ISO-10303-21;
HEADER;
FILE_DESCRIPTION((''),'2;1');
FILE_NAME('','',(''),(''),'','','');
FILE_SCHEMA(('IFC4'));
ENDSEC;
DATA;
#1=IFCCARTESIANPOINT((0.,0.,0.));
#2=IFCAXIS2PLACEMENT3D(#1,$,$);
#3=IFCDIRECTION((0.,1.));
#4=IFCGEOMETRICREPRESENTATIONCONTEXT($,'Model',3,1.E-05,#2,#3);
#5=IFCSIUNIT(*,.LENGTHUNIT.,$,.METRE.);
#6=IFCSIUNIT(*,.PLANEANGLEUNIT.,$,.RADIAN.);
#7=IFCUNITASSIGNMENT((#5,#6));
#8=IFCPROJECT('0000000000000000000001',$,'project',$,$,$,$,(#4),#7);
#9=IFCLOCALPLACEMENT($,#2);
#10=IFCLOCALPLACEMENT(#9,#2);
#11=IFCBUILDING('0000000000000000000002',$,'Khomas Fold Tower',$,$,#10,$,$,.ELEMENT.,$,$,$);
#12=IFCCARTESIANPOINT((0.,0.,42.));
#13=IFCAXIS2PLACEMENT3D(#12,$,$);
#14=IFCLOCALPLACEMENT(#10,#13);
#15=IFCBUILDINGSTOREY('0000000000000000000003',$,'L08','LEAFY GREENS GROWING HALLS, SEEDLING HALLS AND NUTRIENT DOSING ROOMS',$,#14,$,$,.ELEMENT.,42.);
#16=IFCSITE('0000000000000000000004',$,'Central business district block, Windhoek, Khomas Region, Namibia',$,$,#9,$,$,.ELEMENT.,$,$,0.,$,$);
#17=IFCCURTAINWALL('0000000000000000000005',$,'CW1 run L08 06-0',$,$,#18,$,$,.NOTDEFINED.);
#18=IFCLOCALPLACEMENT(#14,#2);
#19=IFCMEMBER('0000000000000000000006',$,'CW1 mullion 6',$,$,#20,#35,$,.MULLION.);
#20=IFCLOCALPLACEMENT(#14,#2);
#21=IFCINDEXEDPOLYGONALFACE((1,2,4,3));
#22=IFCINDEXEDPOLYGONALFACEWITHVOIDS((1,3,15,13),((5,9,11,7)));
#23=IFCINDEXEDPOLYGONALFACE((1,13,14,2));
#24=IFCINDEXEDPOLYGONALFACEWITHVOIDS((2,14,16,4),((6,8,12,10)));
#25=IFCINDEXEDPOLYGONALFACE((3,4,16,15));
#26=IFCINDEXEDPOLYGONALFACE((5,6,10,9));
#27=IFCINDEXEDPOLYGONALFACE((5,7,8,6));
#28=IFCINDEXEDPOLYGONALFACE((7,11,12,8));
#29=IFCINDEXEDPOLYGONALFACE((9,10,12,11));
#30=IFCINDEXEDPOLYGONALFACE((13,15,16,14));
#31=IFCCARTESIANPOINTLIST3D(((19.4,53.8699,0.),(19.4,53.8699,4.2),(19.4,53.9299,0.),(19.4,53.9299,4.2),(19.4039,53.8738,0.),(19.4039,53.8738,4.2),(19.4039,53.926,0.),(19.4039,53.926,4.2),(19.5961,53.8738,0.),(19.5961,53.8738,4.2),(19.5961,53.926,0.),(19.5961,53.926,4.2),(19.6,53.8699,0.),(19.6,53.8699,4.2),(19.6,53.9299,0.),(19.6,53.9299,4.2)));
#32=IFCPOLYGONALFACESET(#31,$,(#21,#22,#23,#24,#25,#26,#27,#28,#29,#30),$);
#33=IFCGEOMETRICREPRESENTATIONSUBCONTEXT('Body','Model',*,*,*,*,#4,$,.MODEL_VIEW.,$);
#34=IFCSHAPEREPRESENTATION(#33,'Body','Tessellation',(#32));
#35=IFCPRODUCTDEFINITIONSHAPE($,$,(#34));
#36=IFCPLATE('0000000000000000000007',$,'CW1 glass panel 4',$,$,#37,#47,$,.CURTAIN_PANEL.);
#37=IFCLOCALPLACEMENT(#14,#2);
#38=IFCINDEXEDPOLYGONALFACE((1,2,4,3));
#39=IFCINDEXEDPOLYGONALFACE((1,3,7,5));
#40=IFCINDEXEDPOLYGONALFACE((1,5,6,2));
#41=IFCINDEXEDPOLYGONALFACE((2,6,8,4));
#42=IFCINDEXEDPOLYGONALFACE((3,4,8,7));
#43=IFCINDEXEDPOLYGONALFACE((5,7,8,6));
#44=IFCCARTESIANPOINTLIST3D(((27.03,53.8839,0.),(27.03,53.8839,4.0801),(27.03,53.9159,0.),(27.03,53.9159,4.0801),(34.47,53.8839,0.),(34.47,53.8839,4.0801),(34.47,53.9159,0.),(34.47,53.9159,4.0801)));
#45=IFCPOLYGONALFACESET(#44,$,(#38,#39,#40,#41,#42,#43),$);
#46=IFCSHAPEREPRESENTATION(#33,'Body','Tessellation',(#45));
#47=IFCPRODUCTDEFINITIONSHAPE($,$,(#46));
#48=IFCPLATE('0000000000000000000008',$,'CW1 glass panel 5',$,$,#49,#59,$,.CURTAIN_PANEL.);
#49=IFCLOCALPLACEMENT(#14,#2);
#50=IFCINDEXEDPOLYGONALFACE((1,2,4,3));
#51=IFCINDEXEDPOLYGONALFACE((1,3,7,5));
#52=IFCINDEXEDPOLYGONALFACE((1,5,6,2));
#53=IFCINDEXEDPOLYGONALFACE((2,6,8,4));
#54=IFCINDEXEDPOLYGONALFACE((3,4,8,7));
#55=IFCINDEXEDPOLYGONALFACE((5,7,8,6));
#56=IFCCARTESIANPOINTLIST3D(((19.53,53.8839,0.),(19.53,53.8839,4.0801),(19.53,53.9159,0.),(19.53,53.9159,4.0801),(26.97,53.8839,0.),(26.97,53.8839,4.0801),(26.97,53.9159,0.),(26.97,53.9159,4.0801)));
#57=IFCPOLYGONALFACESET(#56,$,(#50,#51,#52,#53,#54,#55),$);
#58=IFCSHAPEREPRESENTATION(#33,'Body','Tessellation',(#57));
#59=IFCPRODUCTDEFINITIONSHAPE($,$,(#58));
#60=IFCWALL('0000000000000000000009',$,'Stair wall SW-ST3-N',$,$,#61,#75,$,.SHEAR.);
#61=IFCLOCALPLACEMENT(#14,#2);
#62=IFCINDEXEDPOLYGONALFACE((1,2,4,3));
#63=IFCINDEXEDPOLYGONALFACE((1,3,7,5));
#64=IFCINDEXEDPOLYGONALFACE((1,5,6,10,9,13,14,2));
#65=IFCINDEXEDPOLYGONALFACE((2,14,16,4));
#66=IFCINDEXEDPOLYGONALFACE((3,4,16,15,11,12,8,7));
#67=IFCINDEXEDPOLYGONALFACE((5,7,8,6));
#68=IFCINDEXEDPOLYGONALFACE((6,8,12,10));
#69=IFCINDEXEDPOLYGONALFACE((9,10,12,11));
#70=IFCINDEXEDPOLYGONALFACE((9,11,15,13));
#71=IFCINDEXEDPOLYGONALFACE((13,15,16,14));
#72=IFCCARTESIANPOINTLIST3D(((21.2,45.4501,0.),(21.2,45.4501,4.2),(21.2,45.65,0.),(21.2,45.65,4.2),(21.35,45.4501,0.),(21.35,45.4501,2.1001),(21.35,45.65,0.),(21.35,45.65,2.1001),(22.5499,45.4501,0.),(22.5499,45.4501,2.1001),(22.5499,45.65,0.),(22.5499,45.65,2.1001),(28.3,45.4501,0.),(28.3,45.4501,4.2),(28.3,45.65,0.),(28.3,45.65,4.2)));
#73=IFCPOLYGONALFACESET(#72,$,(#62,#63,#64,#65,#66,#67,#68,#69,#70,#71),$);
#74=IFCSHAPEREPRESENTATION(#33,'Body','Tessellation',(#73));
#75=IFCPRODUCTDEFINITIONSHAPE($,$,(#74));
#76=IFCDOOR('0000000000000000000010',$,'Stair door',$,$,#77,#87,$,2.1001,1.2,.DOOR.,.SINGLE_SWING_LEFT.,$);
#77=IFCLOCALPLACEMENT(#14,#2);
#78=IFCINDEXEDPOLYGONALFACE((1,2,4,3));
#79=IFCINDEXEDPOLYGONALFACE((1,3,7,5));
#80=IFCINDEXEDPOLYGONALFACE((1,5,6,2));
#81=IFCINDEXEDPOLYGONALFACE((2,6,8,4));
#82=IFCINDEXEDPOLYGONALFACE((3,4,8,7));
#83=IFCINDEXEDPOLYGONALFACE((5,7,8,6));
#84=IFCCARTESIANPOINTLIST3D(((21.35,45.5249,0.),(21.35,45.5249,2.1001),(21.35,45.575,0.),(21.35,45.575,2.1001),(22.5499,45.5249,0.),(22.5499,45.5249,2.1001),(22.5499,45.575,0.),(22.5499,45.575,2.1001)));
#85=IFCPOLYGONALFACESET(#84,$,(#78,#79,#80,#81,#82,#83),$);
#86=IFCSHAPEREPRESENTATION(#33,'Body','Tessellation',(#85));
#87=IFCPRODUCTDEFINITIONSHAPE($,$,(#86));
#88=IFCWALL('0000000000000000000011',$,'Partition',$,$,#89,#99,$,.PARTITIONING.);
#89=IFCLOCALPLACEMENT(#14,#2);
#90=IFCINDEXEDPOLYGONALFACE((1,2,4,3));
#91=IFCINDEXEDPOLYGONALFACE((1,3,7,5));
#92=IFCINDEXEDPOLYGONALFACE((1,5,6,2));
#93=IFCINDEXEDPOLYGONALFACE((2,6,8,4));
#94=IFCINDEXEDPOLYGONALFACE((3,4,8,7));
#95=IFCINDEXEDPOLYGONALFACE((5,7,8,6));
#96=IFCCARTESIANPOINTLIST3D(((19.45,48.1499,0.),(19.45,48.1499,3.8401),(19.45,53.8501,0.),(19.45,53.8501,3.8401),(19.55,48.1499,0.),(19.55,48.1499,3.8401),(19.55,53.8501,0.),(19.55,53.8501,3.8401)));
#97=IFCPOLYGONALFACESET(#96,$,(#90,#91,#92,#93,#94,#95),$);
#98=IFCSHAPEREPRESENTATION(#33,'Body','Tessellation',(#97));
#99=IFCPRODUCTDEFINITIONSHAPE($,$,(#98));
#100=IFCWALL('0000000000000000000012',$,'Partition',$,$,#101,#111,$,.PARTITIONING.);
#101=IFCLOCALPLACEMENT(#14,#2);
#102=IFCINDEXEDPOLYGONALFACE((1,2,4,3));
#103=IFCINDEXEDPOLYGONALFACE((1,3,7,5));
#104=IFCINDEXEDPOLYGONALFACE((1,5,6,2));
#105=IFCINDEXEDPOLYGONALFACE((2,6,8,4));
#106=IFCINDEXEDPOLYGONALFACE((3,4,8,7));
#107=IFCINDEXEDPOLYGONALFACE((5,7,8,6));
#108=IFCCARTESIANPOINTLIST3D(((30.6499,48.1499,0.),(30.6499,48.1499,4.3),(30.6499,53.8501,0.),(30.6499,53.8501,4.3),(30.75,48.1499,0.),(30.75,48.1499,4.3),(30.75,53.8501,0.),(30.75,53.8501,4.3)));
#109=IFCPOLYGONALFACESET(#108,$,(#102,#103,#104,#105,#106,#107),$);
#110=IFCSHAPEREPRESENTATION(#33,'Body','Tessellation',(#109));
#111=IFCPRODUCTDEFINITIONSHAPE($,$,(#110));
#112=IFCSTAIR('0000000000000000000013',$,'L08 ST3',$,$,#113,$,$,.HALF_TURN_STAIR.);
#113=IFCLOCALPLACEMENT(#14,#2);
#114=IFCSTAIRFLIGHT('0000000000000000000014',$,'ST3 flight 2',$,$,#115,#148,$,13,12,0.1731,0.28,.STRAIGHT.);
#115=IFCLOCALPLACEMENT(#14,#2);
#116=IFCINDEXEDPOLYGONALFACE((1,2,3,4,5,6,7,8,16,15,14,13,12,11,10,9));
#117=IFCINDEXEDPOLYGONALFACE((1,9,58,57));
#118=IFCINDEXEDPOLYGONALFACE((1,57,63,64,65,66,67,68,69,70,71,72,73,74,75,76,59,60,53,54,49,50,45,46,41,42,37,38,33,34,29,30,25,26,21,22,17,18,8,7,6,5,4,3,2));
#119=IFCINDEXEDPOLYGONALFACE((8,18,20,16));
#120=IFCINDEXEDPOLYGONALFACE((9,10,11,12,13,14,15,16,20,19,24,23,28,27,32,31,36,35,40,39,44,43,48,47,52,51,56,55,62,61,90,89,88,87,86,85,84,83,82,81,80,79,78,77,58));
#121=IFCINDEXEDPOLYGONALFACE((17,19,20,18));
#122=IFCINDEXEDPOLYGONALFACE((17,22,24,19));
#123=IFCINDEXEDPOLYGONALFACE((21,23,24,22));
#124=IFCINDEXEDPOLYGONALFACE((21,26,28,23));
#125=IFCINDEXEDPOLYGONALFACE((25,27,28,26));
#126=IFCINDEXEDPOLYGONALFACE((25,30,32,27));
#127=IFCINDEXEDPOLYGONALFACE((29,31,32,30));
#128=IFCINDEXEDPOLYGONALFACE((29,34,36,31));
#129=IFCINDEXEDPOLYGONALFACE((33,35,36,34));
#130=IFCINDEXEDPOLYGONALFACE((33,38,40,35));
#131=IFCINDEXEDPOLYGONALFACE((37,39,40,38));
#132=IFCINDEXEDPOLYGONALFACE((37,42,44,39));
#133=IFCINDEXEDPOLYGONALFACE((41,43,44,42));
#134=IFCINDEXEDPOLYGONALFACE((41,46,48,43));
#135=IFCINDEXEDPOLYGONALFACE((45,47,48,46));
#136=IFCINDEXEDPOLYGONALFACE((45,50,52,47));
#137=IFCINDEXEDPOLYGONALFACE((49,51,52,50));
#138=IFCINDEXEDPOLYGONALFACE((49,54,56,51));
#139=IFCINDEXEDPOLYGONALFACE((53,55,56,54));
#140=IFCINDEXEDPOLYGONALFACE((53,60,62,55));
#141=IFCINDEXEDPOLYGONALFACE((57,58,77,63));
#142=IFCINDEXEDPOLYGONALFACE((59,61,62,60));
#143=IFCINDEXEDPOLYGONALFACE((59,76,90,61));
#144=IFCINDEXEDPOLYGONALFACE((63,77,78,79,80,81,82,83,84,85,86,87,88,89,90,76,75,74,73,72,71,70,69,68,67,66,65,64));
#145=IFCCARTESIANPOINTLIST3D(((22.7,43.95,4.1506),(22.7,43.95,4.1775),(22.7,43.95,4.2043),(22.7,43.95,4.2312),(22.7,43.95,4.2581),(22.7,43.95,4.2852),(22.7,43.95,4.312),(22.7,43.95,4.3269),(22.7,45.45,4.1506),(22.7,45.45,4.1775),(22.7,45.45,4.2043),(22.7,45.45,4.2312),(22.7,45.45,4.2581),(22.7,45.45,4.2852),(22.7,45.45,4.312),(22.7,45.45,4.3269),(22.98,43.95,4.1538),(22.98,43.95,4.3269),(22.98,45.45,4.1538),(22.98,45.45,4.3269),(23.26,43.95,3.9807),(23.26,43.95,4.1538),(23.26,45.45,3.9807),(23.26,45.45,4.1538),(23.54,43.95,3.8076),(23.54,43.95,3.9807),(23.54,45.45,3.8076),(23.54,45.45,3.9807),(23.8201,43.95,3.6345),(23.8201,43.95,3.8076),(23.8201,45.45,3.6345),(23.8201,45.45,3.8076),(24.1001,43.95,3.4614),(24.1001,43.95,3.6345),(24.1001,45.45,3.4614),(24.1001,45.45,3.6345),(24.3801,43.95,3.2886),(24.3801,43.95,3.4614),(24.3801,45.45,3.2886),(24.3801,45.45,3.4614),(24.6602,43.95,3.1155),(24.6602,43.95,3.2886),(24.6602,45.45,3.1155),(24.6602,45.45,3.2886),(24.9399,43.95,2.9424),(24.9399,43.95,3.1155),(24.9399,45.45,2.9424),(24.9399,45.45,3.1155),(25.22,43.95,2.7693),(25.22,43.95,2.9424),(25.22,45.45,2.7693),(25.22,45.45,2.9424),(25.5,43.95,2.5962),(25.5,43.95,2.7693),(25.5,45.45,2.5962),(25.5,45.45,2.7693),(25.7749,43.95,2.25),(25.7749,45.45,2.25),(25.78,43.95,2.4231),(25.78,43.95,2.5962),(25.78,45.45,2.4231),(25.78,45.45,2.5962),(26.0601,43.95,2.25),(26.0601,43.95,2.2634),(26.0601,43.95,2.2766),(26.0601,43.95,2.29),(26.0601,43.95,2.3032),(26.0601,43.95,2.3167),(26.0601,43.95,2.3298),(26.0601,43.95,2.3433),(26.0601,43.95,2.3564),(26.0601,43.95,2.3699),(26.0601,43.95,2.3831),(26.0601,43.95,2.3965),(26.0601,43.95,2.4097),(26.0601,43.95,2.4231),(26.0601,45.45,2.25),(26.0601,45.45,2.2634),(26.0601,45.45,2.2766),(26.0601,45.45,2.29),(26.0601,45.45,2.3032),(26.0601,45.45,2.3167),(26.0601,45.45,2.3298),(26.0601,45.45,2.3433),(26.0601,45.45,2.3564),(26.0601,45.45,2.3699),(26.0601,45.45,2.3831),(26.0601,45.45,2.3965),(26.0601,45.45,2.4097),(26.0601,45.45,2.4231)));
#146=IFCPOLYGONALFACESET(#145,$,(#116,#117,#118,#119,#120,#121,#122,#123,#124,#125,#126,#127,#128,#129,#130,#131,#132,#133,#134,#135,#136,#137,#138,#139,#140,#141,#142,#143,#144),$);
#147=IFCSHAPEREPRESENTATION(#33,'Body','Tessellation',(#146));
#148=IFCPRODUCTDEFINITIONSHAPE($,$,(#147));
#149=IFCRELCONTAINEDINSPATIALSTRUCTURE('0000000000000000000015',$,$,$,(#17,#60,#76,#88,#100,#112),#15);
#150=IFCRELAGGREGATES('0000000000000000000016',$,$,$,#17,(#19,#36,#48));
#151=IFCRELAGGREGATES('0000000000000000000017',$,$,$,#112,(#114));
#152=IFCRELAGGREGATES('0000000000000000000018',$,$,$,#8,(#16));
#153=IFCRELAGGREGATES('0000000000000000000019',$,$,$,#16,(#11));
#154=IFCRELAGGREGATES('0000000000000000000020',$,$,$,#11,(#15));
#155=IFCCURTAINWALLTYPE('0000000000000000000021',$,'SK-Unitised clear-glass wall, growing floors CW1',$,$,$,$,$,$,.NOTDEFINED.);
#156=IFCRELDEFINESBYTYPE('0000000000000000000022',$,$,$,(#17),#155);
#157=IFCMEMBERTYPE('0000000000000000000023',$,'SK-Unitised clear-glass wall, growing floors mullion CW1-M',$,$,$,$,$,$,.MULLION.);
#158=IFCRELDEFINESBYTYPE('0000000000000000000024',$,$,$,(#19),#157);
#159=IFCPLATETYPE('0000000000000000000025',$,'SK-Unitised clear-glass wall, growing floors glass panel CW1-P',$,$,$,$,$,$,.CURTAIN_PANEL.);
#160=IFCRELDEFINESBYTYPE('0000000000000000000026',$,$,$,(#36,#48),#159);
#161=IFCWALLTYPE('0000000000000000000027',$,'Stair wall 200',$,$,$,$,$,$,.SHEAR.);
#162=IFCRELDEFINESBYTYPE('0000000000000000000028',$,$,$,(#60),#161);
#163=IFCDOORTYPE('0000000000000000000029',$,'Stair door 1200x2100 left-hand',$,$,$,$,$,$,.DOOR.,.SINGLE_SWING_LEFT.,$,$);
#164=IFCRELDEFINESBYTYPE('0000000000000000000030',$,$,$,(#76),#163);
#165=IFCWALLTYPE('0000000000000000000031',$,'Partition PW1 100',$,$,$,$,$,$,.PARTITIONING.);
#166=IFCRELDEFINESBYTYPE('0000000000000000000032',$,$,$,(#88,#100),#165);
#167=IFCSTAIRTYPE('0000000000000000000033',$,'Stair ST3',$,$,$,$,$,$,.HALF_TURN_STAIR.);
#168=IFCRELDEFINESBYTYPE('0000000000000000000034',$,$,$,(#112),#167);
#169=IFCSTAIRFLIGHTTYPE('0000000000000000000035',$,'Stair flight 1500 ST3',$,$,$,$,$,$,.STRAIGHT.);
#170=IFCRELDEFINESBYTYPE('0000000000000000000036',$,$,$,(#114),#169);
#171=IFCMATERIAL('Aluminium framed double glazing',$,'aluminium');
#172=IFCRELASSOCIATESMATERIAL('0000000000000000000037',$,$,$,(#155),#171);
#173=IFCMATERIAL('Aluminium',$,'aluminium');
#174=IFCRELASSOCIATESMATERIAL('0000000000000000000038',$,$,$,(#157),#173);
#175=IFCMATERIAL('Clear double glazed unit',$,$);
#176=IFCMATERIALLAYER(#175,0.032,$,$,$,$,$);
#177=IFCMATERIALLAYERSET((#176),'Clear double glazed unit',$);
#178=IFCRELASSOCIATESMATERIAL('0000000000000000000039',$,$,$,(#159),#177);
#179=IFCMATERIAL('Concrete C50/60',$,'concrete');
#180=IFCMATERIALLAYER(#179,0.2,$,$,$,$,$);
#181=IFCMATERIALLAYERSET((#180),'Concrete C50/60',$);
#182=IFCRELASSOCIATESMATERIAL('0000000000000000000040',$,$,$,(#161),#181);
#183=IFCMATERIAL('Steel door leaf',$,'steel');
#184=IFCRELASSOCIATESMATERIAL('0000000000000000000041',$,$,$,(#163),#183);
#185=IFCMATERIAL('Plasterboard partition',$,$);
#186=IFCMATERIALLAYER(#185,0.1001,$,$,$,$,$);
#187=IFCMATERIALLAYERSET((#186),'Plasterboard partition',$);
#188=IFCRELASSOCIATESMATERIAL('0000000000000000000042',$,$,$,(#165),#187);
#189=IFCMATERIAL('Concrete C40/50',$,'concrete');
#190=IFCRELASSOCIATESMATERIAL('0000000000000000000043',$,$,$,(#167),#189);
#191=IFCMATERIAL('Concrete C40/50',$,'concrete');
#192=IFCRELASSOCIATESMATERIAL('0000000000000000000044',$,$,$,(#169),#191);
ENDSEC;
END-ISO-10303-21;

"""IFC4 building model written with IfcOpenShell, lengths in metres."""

from ifc_helpers import new_model, si_unit, direction, frame, frame_2d, origin, origin_2d, place, context, subcontext, project, spatial, polyline, rectangle, hollow_rectangle, outline, extrude, source, transform, mapped, material, layer, layer_set, material_profile, profile_set, type_object, element, fill, aggregate, save


model = new_model("IFC4")

# Units and contexts
model_context = context("Model", 3, precision=1e-05, world=origin(), true_north=direction((0.0, 1.0)))
body_context = subcontext(model_context, "Body", "Model", "MODEL_VIEW")
ifc_project = project(units=[si_unit("LENGTHUNIT", "METRE"), si_unit("PLANEANGLEUNIT", "RADIAN")], contexts=[model_context])

# Site, building, storey
site_placement = place(None, origin())
site = spatial("IfcSite", under=ifc_project, at=site_placement, Name="Central business district block, Windhoek, Khomas Region, Namibia", CompositionType="ELEMENT", RefElevation=0.0)
building_placement = place(site_placement, origin())
building = spatial("IfcBuilding", under=site, at=building_placement, Name="Khomas Fold Tower", CompositionType="ELEMENT")
storey_placement = place(building_placement, frame((0.0, 0.0, 42.0)))
storey = spatial("IfcBuildingStorey", under=building, at=storey_placement, Name="L08", Description="LEAFY GREENS GROWING HALLS, SEEDLING HALLS AND NUTRIENT DOSING ROOMS", CompositionType="ELEMENT", Elevation=42.0)

# Curtain wall, member, plates
ifc_material_1 = material(Name="Aluminium framed double glazing", Category="aluminium")
curtain_wall_type = type_object("IfcCurtainWallType", Name="SK-Unitised clear-glass wall, growing floors CW1", PredefinedType="NOTDEFINED", material=ifc_material_1)
curtain_wall_placement = place(storey_placement, origin())
curtain_wall = element("IfcCurtainWall", 1, at=curtain_wall_placement, inside=storey, type_object=curtain_wall_type, Name="CW1 run L08 06-0", PredefinedType="NOTDEFINED")
ifc_material_2 = material(Name="Aluminium", Category="aluminium")
ifc_material_profile_1 = material_profile(ifc_material_2, hollow_rectangle(XDim=0.0601, YDim=0.2, WallThickness=0.0039, at=origin_2d()), Name="SK-Unitised clear-glass wall, growing floors mullion CW1-M")
ifc_profile_set_1 = profile_set([ifc_material_profile_1], Name="Aluminium")
member_type_1 = type_object("IfcMemberType", Name="SK-Unitised clear-glass wall, growing floors mullion CW1-M", PredefinedType="MULLION", material=ifc_profile_set_1)
shared_shape_1 = source(origin(), body_context, "Body", "SweptSolid", [
    extrude(hollow_rectangle(XDim=0.0601, YDim=0.2, WallThickness=0.0039, at=origin_2d()), origin(), (0.0, 0.0, 1.0), 4.2),
])
member_1_placement = place(storey_placement, frame((19.5, 53.8999, 0.0), z_axis=(0.0, 0.0, 1.0), x_axis=(0.0, -1.0, 0.0)))
member_1 = element("IfcMember", 2, at=member_1_placement, type_object=member_type_1, Name="CW1 mullion 6", PredefinedType="MULLION", context=body_context, shape_type="MappedRepresentation", body=[
    mapped(shared_shape_1, transform((0.0, 0.0, 0.0))),
])
ifc_material_3 = material(Name="Clear double glazed unit")
ifc_layer_1 = layer(ifc_material_3, 0.032)
ifc_layer_set_1 = layer_set([ifc_layer_1], Name="Clear double glazed unit")
plate_type = type_object("IfcPlateType", Name="SK-Unitised clear-glass wall, growing floors glass panel CW1-P", PredefinedType="CURTAIN_PANEL", material=ifc_layer_set_1)
shared_shape_2 = source(origin(), body_context, "Body", "SweptSolid", [
    extrude(rectangle(XDim=7.4399, YDim=0.032, at=origin_2d()), origin(), (0.0, 0.0, 1.0), 4.0801),
])
plate_1_placement = place(storey_placement, frame((30.75, 53.8999, 0.0), z_axis=(0.0, 0.0, 1.0), x_axis=(-1.0, 0.0, 0.0)))
plate_1 = element("IfcPlate", 3, at=plate_1_placement, type_object=plate_type, Name="CW1 glass panel 4", PredefinedType="CURTAIN_PANEL", context=body_context, shape_type="MappedRepresentation", body=[
    mapped(shared_shape_2, transform((0.0, 0.0, 0.0))),
])
plate_2_placement = place(storey_placement, frame((23.25, 53.8999, 0.0), z_axis=(0.0, 0.0, 1.0), x_axis=(-1.0, 0.0, 0.0)))
plate_2 = element("IfcPlate", 4, at=plate_2_placement, type_object=plate_type, Name="CW1 glass panel 5", PredefinedType="CURTAIN_PANEL", context=body_context, shape_type="MappedRepresentation", body=[
    mapped(shared_shape_2, transform((0.0, 0.0, 0.0))),
])
aggregate(curtain_wall, [member_1, plate_1, plate_2])

# Wall, opening, door
ifc_material_4 = material(Name="Concrete C50/60", Category="concrete")
ifc_layer_2 = layer(ifc_material_4, 0.2)
ifc_layer_set_2 = layer_set([ifc_layer_2], Name="Concrete C50/60")
wall_type_1 = type_object("IfcWallType", Name="Stair wall 200", PredefinedType="SHEAR", material=ifc_layer_set_2)
shared_shape_3 = source(origin(), body_context, "Body", "SweptSolid", [
    extrude(rectangle(XDim=7.1001, YDim=0.2, at=frame_2d((3.55, 0.0))), origin(), (0.0, 0.0, 1.0), 4.2),
])
wall_1_placement = place(storey_placement, frame((21.2, 45.55, 0.0), z_axis=(0.0, 0.0, 1.0), x_axis=(1.0, 0.0, 0.0)))
wall_1 = element("IfcWall", 5, at=wall_1_placement, inside=storey, type_object=wall_type_1, Name="Stair wall SW-ST3-N", PredefinedType="SHEAR", context=body_context, shape_type="MappedRepresentation", body=[
    mapped(shared_shape_3, transform((0.0, 0.0, 0.0))),
])
shared_shape_4 = source(origin(), body_context, "Body", "SweptSolid", [
    extrude(rectangle(XDim=1.2, YDim=2.1001, at=frame_2d((0.6001, 1.05))), frame((0.0, 0.1099, 0.0), z_axis=(0.0, -1.0, 0.0), x_axis=(1.0, 0.0, 0.0)), (0.0, 0.0, 1.0), 0.22),
])
opening_placement = place(wall_1_placement, frame((0.1499, 0.0, 0.0)))
opening = element("IfcOpeningElement", 6, at=opening_placement, cuts=wall_1, PredefinedType="OPENING", context=body_context, shape_type="MappedRepresentation", body=[
    mapped(shared_shape_4, transform((0.0, 0.0, 0.0))),
])
ifc_material_5 = material(Name="Steel door leaf", Category="steel")
door_type = type_object("IfcDoorType", Name="Stair door 1200x2100 left-hand", OperationType="SINGLE_SWING_LEFT", PredefinedType="DOOR", material=ifc_material_5)
shared_shape_5 = source(origin(), body_context, "Body", "SweptSolid", [
    extrude(rectangle(XDim=1.2, YDim=2.1001, at=frame_2d((0.6001, 1.05))), frame((0.0, 0.0249, 0.0), z_axis=(0.0, -1.0, 0.0), x_axis=(1.0, 0.0, 0.0)), (0.0, 0.0, 1.0), 0.05),
])
door_placement = place(opening_placement, origin())
door = element("IfcDoor", 7, at=door_placement, inside=storey, type_object=door_type, Name="Stair door", OperationType="SINGLE_SWING_LEFT", OverallHeight=2.1001, OverallWidth=1.2, PredefinedType="DOOR", context=body_context, shape_type="MappedRepresentation", body=[
    mapped(shared_shape_5, transform((0.0, 0.0, 0.0))),
])
fill(opening, door)

# Walls
ifc_material_6 = material(Name="Plasterboard partition")
ifc_layer_3 = layer(ifc_material_6, 0.1001)
ifc_layer_set_3 = layer_set([ifc_layer_3], Name="Plasterboard partition")
wall_type_2 = type_object("IfcWallType", Name="Partition PW1 100", PredefinedType="PARTITIONING", material=ifc_layer_set_3)
shared_shape_6 = source(origin(), body_context, "Body", "SweptSolid", [
    extrude(rectangle(XDim=5.7002, YDim=0.1001, at=frame_2d((2.8501, 0.0))), origin(), (0.0, 0.0, 1.0), 3.8401),
])
wall_2_placement = place(storey_placement, frame((19.5, 48.1499, 0.0), z_axis=(0.0, 0.0, 1.0), x_axis=(0.0, 1.0, 0.0)))
element("IfcWall", 8, at=wall_2_placement, inside=storey, type_object=wall_type_2, Name="Partition", PredefinedType="PARTITIONING", context=body_context, shape_type="MappedRepresentation", body=[
    mapped(shared_shape_6, transform((0.0, 0.0, 0.0))),
])
shared_shape_7 = source(origin(), body_context, "Body", "SweptSolid", [
    extrude(rectangle(XDim=5.7002, YDim=0.1001, at=frame_2d((2.8501, 0.0))), origin(), (0.0, 0.0, 1.0), 4.3),
])
wall_3_placement = place(storey_placement, frame((30.7, 48.1499, 0.0), z_axis=(0.0, 0.0, 1.0), x_axis=(0.0, 1.0, 0.0)))
element("IfcWall", 9, at=wall_3_placement, inside=storey, type_object=wall_type_2, Name="Partition", PredefinedType="PARTITIONING", context=body_context, shape_type="MappedRepresentation", body=[
    mapped(shared_shape_7, transform((0.0, 0.0, 0.0))),
])

# Stair, stair flight
ifc_material_7 = material(Name="Concrete C40/50", Category="concrete")
stair_type = type_object("IfcStairType", Name="Stair ST3", PredefinedType="HALF_TURN_STAIR", material=ifc_material_7)
stair_placement = place(storey_placement, origin())
stair = element("IfcStair", 10, at=stair_placement, inside=storey, type_object=stair_type, Name="L08 ST3", PredefinedType="HALF_TURN_STAIR")
ifc_material_8 = material(Name="Concrete C40/50", Category="concrete")
stair_flight_type = type_object("IfcStairFlightType", Name="Stair flight 1500 ST3", PredefinedType="STRAIGHT", material=ifc_material_8)
shared_shape_8 = source(origin(), body_context, "Body", "SweptSolid", [
    extrude(outline(polyline([(0.0, 0.0), (0.0, 0.0134), (0.0, 0.0266), (0.0, 0.04), (0.0, 0.0532), (0.0, 0.0667), (0.0, 0.0798), (0.0, 0.0933), (0.0, 0.1064), (0.0, 0.1199), (0.0, 0.1331), (0.0, 0.1465), (0.0, 0.1597), (0.0, 0.1731), (0.28, 0.1731), (0.28, 0.3462), (0.5601, 0.3462), (0.5601, 0.5193), (0.8401, 0.5193), (0.8401, 0.6924), (1.1201, 0.6924), (1.1201, 0.8655), (1.3999, 0.8655), (1.3999, 1.0386), (1.6799, 1.0386), (1.6799, 1.2114), (1.96, 1.2114), (1.96, 1.3845), (2.24, 1.3845), (2.24, 1.5576), (2.52, 1.5576), (2.52, 1.7307), (2.8, 1.7307), (2.8, 1.9038), (3.0801, 1.9038), (3.0801, 2.0769), (3.3601, 2.0769), (3.3601, 2.25), (3.3601, 2.2231), (3.3601, 2.1963), (3.3601, 2.1694), (3.3601, 2.1426), (3.3601, 2.1157), (3.3601, 2.0889), (3.3601, 2.062), (3.3601, 2.0352), (3.3601, 2.0081), (3.3601, 1.9812), (3.3601, 1.9543), (3.3601, 1.9275), (3.3601, 1.9006), (0.2852, 0.0), (0.0, 0.0)])), frame((0.0, 0.75, 0.0), z_axis=(0.0, -1.0, 0.0), x_axis=(1.0, 0.0, 0.0)), (0.0, 0.0, 1.0), 1.5),
])
stair_flight_placement = place(storey_placement, frame((26.0601, 44.7, 2.25), z_axis=(0.0, 0.0, 1.0), x_axis=(-1.0, 0.0, 0.0)))
stair_flight = element("IfcStairFlight", 11, at=stair_flight_placement, type_object=stair_flight_type, Name="ST3 flight 2", NumberOfRisers=13, NumberOfTreads=12, PredefinedType="STRAIGHT", RiserHeight=0.1731, TreadLength=0.28, context=body_context, shape_type="MappedRepresentation", body=[
    mapped(shared_shape_8, transform((0.0, 0.0, 0.0))),
])
aggregate(stair, [stair_flight])

save(model, "model.ifc")
